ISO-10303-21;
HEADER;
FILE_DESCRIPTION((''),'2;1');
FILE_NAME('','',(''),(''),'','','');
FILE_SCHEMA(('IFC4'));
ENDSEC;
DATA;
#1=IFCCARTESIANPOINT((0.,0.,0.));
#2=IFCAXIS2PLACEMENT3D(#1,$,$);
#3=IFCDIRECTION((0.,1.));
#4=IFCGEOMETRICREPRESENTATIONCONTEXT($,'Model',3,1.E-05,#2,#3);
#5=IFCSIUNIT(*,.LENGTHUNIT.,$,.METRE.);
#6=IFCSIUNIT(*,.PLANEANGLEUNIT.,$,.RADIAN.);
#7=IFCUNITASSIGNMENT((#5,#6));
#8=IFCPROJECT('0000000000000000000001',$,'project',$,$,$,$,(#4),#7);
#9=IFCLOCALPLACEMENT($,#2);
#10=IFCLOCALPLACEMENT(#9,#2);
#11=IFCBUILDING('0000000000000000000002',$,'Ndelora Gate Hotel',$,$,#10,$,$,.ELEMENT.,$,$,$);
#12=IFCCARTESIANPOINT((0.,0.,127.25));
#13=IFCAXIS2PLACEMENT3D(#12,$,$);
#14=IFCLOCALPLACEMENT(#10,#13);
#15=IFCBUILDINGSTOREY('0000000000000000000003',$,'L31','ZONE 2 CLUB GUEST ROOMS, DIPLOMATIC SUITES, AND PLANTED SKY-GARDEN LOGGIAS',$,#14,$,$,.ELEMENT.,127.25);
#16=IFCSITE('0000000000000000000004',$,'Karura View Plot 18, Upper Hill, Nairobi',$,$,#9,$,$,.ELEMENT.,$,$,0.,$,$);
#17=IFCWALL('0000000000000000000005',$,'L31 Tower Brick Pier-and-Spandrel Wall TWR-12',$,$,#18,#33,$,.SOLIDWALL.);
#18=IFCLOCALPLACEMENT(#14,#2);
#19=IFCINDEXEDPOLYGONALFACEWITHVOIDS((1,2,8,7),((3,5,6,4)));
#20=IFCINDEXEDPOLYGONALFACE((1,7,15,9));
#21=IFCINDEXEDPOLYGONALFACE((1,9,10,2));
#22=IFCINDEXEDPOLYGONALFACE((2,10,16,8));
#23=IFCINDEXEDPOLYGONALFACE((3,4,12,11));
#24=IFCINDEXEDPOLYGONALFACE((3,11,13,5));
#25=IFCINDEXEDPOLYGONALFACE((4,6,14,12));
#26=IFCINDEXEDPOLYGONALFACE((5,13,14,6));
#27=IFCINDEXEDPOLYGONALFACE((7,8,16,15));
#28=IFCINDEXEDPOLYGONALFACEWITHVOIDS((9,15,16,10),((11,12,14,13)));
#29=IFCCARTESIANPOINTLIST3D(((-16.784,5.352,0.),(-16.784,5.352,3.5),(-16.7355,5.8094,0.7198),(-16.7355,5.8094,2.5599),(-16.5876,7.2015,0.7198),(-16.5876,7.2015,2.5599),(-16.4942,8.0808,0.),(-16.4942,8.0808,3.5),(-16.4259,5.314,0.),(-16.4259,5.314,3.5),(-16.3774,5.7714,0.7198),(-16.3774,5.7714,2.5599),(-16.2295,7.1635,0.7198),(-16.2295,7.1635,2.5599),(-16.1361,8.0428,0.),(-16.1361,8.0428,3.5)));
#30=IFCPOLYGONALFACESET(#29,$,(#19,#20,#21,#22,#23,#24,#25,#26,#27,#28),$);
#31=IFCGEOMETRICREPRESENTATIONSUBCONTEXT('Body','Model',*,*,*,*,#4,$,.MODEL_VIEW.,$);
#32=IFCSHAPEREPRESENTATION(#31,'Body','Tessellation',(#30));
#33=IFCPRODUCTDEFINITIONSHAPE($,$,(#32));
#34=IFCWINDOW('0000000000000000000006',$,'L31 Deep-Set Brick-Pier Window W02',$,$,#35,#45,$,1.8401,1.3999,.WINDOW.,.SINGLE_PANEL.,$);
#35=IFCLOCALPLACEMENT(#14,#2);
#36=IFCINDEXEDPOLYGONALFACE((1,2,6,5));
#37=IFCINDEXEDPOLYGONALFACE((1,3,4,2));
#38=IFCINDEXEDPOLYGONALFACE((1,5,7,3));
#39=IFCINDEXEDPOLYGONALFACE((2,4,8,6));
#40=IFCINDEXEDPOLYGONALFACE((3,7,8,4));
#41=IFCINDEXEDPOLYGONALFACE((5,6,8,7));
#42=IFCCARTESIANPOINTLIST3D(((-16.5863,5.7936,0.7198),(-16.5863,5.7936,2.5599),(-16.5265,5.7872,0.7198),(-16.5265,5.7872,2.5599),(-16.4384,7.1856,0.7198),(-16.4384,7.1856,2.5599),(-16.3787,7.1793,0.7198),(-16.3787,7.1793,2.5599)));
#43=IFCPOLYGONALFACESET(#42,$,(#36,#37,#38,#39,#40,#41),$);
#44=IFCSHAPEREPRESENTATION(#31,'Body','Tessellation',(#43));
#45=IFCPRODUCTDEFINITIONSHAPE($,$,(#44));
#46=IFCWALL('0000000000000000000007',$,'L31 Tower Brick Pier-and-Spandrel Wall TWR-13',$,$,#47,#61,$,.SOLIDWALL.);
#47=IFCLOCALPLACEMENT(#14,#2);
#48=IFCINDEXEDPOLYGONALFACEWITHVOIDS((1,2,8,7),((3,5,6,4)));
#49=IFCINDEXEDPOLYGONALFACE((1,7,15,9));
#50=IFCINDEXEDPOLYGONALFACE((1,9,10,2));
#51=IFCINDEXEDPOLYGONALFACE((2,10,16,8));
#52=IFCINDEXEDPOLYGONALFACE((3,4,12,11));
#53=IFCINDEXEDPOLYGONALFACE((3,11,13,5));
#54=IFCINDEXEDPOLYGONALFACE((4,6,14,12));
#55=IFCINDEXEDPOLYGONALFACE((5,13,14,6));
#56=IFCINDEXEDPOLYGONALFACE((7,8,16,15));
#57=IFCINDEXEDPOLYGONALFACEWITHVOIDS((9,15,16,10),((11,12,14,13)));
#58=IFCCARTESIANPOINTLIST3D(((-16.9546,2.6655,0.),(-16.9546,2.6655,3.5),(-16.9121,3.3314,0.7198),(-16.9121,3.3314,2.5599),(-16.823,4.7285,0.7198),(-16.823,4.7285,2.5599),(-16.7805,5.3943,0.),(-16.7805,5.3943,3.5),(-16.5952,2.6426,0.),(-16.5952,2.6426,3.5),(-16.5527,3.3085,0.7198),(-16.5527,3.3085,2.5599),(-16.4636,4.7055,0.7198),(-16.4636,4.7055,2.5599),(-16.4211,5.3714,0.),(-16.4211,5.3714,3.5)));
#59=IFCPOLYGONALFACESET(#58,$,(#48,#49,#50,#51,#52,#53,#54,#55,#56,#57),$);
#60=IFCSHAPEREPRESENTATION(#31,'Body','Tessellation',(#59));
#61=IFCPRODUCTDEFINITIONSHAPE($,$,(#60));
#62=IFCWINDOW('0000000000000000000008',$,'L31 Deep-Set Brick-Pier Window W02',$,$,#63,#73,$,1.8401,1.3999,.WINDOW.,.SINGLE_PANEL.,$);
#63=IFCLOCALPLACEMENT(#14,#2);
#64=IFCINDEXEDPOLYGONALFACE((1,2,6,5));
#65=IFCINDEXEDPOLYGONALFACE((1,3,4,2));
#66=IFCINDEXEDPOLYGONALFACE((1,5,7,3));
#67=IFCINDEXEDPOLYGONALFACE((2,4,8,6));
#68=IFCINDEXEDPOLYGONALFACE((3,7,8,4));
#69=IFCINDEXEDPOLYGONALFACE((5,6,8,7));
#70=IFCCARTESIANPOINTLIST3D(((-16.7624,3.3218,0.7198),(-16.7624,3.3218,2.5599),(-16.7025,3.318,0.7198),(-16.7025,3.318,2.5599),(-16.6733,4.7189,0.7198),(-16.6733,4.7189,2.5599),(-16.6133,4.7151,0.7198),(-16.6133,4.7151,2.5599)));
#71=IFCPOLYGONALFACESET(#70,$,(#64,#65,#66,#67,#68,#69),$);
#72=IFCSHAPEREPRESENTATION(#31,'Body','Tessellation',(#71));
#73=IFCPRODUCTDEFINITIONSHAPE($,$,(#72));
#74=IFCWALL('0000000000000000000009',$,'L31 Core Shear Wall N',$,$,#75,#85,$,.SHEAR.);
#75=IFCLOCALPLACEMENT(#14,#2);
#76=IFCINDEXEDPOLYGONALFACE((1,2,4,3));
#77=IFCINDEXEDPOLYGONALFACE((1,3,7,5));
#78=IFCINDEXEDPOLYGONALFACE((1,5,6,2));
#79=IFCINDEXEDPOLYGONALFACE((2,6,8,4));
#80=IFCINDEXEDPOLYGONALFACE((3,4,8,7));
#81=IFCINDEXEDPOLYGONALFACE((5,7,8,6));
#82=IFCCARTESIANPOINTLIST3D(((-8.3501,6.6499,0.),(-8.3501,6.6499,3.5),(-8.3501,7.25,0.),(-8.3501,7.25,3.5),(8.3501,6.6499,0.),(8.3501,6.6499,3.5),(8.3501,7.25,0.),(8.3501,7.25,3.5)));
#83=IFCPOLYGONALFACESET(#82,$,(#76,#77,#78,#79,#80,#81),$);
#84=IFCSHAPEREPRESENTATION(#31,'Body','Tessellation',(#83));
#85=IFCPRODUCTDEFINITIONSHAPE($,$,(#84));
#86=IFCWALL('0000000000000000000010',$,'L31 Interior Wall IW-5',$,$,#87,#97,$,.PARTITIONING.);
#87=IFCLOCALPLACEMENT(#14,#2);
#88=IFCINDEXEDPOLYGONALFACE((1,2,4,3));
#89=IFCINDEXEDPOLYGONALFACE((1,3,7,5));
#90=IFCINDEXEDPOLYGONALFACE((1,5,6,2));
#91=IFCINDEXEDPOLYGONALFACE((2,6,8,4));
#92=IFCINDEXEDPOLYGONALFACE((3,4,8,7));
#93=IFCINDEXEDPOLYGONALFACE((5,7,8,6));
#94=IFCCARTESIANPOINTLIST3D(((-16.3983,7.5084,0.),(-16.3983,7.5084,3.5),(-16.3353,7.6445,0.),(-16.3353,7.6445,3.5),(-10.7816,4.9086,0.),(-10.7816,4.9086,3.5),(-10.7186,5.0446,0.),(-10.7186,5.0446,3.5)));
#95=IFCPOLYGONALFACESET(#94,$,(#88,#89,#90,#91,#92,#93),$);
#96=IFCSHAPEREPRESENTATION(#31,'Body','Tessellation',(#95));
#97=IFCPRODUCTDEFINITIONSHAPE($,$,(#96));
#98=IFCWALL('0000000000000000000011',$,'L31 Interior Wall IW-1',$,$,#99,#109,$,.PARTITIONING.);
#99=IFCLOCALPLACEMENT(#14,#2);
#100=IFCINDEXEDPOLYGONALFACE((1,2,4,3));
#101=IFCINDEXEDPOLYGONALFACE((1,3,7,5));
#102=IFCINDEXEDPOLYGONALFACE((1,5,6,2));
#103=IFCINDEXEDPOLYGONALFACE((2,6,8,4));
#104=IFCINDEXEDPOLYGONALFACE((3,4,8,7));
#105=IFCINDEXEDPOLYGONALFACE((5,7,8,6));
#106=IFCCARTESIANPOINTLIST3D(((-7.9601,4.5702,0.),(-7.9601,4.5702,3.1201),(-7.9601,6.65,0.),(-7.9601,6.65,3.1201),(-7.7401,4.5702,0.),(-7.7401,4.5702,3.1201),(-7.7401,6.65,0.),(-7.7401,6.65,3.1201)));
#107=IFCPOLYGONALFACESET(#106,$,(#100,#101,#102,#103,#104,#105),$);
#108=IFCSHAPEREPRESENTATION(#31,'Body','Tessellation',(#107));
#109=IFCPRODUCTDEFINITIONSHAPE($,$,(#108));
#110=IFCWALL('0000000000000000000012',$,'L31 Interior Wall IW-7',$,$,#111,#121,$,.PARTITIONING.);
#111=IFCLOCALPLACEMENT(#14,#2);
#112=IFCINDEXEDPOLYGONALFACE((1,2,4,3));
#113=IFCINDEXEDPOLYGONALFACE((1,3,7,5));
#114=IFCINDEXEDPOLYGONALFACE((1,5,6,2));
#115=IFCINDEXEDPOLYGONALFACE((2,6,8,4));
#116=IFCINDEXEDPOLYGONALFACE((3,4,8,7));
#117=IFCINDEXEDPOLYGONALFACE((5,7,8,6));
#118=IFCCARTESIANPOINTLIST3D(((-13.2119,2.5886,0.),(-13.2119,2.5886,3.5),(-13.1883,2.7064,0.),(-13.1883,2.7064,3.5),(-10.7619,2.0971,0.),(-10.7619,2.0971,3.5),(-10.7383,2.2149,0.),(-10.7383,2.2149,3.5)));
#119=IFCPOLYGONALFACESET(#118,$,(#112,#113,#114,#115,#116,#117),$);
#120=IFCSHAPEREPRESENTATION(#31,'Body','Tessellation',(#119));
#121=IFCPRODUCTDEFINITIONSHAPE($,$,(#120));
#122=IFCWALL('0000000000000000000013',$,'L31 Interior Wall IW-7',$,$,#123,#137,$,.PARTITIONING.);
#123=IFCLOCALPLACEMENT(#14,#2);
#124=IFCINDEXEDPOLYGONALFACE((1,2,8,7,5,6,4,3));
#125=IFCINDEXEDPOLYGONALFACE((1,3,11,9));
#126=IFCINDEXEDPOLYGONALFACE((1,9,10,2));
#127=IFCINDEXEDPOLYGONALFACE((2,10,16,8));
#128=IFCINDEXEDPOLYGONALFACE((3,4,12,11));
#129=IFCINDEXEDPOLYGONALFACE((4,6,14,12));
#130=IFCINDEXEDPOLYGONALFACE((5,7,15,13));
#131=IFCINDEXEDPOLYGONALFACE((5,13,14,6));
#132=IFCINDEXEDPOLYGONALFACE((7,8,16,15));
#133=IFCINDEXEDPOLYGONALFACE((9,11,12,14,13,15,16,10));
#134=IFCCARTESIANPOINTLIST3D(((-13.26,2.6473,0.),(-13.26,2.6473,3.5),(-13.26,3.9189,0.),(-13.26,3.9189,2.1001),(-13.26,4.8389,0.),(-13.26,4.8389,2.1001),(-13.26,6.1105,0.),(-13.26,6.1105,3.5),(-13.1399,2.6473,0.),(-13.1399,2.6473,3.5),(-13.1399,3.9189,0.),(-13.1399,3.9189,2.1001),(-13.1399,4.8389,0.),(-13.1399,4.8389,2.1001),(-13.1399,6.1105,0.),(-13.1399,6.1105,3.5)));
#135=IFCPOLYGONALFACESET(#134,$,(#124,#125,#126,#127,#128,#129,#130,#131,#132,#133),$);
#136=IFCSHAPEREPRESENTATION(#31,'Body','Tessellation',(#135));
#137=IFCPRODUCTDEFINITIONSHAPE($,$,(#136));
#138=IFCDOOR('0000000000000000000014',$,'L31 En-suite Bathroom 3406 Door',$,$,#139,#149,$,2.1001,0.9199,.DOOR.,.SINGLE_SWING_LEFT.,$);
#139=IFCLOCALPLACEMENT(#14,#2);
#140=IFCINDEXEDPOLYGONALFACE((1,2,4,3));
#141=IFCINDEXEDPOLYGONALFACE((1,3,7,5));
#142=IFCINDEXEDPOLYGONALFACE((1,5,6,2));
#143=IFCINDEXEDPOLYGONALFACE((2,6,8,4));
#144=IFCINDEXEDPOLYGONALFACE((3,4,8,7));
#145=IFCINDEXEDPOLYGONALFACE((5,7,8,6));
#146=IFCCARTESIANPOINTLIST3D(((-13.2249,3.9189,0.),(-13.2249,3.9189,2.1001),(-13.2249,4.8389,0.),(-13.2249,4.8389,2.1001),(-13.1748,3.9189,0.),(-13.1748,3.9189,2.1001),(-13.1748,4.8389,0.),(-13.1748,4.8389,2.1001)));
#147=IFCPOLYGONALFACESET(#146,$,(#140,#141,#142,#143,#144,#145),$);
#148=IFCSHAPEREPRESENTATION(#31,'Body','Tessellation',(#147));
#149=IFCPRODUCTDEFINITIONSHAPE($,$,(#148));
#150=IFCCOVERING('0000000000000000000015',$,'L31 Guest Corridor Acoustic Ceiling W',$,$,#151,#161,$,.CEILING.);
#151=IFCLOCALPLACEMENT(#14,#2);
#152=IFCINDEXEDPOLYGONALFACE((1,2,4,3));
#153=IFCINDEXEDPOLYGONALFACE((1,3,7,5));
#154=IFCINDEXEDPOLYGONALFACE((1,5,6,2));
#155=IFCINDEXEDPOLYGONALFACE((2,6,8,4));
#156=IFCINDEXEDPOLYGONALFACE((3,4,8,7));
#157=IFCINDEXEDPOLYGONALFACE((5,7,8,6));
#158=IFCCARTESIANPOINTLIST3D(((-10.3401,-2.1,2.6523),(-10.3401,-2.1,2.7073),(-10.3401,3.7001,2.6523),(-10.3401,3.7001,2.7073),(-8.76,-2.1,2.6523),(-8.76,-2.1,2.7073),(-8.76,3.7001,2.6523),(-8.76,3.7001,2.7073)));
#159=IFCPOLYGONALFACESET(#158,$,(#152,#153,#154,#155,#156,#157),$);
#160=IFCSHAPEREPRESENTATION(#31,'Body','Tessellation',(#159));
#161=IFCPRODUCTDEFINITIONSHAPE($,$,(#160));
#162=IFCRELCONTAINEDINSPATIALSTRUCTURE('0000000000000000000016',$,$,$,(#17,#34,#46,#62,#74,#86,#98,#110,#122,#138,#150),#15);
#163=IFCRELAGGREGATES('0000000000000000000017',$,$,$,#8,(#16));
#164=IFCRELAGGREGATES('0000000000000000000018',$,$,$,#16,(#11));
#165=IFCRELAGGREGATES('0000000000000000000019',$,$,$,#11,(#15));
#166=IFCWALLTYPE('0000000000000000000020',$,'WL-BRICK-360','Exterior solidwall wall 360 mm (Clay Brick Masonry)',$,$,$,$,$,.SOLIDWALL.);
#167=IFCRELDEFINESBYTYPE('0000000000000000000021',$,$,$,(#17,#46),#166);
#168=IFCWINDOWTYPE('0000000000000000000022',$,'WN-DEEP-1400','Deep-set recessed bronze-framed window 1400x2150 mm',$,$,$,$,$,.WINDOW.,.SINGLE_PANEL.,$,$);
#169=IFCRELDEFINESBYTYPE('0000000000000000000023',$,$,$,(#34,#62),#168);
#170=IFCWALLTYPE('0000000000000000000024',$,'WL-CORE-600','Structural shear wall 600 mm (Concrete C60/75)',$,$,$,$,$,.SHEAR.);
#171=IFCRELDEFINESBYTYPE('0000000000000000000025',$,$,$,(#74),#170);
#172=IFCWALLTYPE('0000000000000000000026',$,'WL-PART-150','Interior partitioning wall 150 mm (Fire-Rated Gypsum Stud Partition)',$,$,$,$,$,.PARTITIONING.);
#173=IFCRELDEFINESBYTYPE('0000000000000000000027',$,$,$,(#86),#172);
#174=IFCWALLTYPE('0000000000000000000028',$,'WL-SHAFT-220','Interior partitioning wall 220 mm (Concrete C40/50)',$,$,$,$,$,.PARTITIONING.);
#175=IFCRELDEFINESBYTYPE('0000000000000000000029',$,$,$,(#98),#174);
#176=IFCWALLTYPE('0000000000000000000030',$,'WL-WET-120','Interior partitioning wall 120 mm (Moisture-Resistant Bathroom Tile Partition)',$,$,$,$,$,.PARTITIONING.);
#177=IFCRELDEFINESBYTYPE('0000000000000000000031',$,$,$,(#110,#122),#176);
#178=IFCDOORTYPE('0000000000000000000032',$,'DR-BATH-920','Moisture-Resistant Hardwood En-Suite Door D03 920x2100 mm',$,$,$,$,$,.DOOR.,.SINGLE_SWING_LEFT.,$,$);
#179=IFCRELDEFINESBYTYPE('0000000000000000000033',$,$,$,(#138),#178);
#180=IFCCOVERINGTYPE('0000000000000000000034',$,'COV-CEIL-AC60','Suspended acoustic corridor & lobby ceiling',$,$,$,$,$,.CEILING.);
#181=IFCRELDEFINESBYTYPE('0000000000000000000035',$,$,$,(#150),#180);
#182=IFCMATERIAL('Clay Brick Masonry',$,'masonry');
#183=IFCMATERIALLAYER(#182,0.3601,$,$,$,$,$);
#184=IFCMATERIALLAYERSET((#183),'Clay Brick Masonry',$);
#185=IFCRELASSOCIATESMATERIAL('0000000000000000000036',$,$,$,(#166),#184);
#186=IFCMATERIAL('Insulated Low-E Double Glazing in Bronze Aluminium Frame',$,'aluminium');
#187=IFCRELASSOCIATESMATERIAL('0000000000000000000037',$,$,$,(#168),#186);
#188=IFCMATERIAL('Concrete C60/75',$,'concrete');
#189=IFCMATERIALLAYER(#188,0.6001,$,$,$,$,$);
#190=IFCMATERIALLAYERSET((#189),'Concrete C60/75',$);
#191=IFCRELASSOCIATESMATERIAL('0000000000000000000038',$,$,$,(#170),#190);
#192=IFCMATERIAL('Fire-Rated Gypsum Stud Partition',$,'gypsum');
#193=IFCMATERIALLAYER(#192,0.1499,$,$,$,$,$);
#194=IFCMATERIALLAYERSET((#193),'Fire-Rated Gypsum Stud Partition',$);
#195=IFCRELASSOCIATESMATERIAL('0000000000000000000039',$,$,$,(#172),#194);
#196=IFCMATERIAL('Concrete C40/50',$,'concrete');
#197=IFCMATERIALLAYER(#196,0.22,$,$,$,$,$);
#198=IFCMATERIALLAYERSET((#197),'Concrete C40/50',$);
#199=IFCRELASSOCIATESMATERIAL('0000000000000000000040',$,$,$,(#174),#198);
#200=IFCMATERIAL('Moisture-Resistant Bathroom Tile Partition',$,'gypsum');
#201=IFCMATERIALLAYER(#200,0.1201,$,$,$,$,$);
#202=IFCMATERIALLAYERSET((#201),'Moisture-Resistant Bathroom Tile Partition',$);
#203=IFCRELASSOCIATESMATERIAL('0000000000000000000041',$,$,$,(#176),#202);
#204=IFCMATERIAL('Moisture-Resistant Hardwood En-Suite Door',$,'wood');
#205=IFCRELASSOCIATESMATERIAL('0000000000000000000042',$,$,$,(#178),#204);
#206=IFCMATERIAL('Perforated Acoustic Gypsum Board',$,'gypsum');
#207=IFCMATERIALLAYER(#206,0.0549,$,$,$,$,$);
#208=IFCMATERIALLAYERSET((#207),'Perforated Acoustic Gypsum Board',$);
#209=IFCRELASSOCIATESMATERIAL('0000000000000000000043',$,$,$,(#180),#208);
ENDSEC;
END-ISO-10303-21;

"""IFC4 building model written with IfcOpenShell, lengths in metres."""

from ifc_helpers import new_model, si_unit, direction, frame, frame_2d, origin, origin_2d, place, context, subcontext, project, spatial, rectangle, extrude, material, layer, layer_set, type_object, element, fill, save


model = new_model("IFC4")

# Units and contexts
model_context = context("Model", 3, precision=1e-05, world=origin(), true_north=direction((0.0, 1.0)))
body_context = subcontext(model_context, "Body", "Model", "MODEL_VIEW")
ifc_project = project(units=[si_unit("LENGTHUNIT", "METRE"), si_unit("PLANEANGLEUNIT", "RADIAN")], contexts=[model_context])

# Site, building, storey
site_placement = place(None, origin())
site = spatial("IfcSite", under=ifc_project, at=site_placement, Name="Karura View Plot 18, Upper Hill, Nairobi", CompositionType="ELEMENT", RefElevation=0.0)
building_placement = place(site_placement, origin())
building = spatial("IfcBuilding", under=site, at=building_placement, Name="Ndelora Gate Hotel", CompositionType="ELEMENT")
storey_placement = place(building_placement, frame((0.0, 0.0, 127.25)))
storey = spatial("IfcBuildingStorey", under=building, at=storey_placement, Name="L31", Description="ZONE 2 CLUB GUEST ROOMS, DIPLOMATIC SUITES, AND PLANTED SKY-GARDEN LOGGIAS", CompositionType="ELEMENT", Elevation=127.25)

# Shared definitions
ifc_material_1 = material(Name="Concrete C60/75", Category="concrete")

# Walls, openings, windows
ifc_material_2 = material(Name="Clay Brick Masonry", Category="masonry")
ifc_layer_1 = layer(ifc_material_2, 0.3601)
ifc_layer_set_1 = layer_set([ifc_layer_1], Name="Clay Brick Masonry")
wall_type_1 = type_object("IfcWallType", Name="WL-BRICK-360", Description="Exterior solidwall wall 360 mm (Clay Brick Masonry)", PredefinedType="SOLIDWALL", material=ifc_layer_set_1)
wall_1_placement = place(storey_placement, frame((-16.605, 5.333, 0.0), z_axis=(0.0, 0.0, 1.0), x_axis=(0.105606, 0.994408, 0.0)))
wall_1 = element("IfcWall", 1, at=wall_1_placement, inside=storey, type_object=wall_type_1, Name="L31 Tower Brick Pier-and-Spandrel Wall TWR-12", PredefinedType="SOLIDWALL", context=body_context, shape_type="SweptSolid", body=[
    extrude(rectangle(XDim=2.7441, YDim=0.3601, at=frame_2d((1.3721, 0.0))), origin(), (0.0, 0.0, 1.0), 3.5),
])
opening_1_placement = place(wall_1_placement, frame((0.46, 0.0, 0.72)))
opening_1 = element("IfcOpeningElement", 2, at=opening_1_placement, cuts=wall_1, PredefinedType="OPENING", context=body_context, shape_type="SweptSolid", body=[
    extrude(rectangle(XDim=1.3999, YDim=1.8401, at=frame_2d((0.7, 0.9199))), frame((0.0, 0.1899, 0.0), z_axis=(0.0, -1.0, 0.0), x_axis=(1.0, 0.0, 0.0)), (0.0, 0.0, 1.0), 0.3801),
])
ifc_material_3 = material(Name="Insulated Low-E Double Glazing in Bronze Aluminium Frame", Category="aluminium")
window_type = type_object("IfcWindowType", Name="WN-DEEP-1400", Description="Deep-set recessed bronze-framed window 1400x2150 mm", PartitioningType="SINGLE_PANEL", PredefinedType="WINDOW", material=ifc_material_3)
window_1_placement = place(opening_1_placement, origin())
window_1 = element("IfcWindow", 3, at=window_1_placement, inside=storey, type_object=window_type, Name="L31 Deep-Set Brick-Pier Window W02", OverallHeight=1.8401, OverallWidth=1.3999, PartitioningType="SINGLE_PANEL", PredefinedType="WINDOW", context=body_context, shape_type="SweptSolid", body=[
    extrude(rectangle(XDim=1.3999, YDim=1.8401, at=frame_2d((0.7, 0.9199))), frame((0.0, 0.03, 0.0), z_axis=(0.0, -1.0, 0.0), x_axis=(1.0, 0.0, 0.0)), (0.0, 0.0, 1.0), 0.0601),
])
fill(opening_1, window_1)
wall_2_placement = place(storey_placement, frame((-16.7749, 2.6541, 0.0), z_axis=(0.0, 0.0, 1.0), x_axis=(0.063662, 0.997971, 0.0)))
wall_2 = element("IfcWall", 4, at=wall_2_placement, inside=storey, type_object=wall_type_1, Name="L31 Tower Brick Pier-and-Spandrel Wall TWR-13", PredefinedType="SOLIDWALL", context=body_context, shape_type="SweptSolid", body=[
    extrude(rectangle(XDim=2.7344, YDim=0.3601, at=frame_2d((1.3672, 0.0))), origin(), (0.0, 0.0, 1.0), 3.5),
])
opening_2_placement = place(wall_2_placement, frame((0.6672, 0.0, 0.72)))
opening_2 = element("IfcOpeningElement", 5, at=opening_2_placement, cuts=wall_2, PredefinedType="OPENING", context=body_context, shape_type="SweptSolid", body=[
    extrude(rectangle(XDim=1.3999, YDim=1.8401, at=frame_2d((0.7, 0.9199))), frame((0.0, 0.1899, 0.0), z_axis=(0.0, -1.0, 0.0), x_axis=(1.0, 0.0, 0.0)), (0.0, 0.0, 1.0), 0.3801),
])
window_2_placement = place(opening_2_placement, origin())
window_2 = element("IfcWindow", 6, at=window_2_placement, inside=storey, type_object=window_type, Name="L31 Deep-Set Brick-Pier Window W02", OverallHeight=1.8401, OverallWidth=1.3999, PartitioningType="SINGLE_PANEL", PredefinedType="WINDOW", context=body_context, shape_type="SweptSolid", body=[
    extrude(rectangle(XDim=1.3999, YDim=1.8401, at=frame_2d((0.7, 0.9199))), frame((0.0, 0.03, 0.0), z_axis=(0.0, -1.0, 0.0), x_axis=(1.0, 0.0, 0.0)), (0.0, 0.0, 1.0), 0.0601),
])
fill(opening_2, window_2)

# Wall
ifc_layer_2 = layer(ifc_material_1, 0.6001)
ifc_layer_set_2 = layer_set([ifc_layer_2], Name="Concrete C60/75")
wall_type_2 = type_object("IfcWallType", Name="WL-CORE-600", Description="Structural shear wall 600 mm (Concrete C60/75)", PredefinedType="SHEAR", material=ifc_layer_set_2)
wall_3_placement = place(storey_placement, frame((-8.3501, 6.95, 0.0), z_axis=(0.0, 0.0, 1.0), x_axis=(1.0, 0.0, 0.0)))
element("IfcWall", 7, at=wall_3_placement, inside=storey, type_object=wall_type_2, Name="L31 Core Shear Wall N", PredefinedType="SHEAR", context=body_context, shape_type="SweptSolid", body=[
    extrude(rectangle(XDim=16.7002, YDim=0.6001, at=frame_2d((8.3501, 0.0))), origin(), (0.0, 0.0, 1.0), 3.5),
])

# Shared definitions
ifc_material_4 = material(Name="Concrete C40/50", Category="concrete")

# Wall
ifc_material_5 = material(Name="Fire-Rated Gypsum Stud Partition", Category="gypsum")
ifc_layer_3 = layer(ifc_material_5, 0.1499)
ifc_layer_set_3 = layer_set([ifc_layer_3], Name="Fire-Rated Gypsum Stud Partition")
wall_type_3 = type_object("IfcWallType", Name="WL-PART-150", Description="Interior partitioning wall 150 mm (Fire-Rated Gypsum Stud Partition)", PredefinedType="PARTITIONING", material=ifc_layer_set_3)
wall_4_placement = place(storey_placement, frame((-10.75, 4.9766, 0.0), z_axis=(0.0, 0.0, 1.0), x_axis=(-0.907496, 0.420061, 0.0)))
element("IfcWall", 8, at=wall_4_placement, inside=storey, type_object=wall_type_3, Name="L31 Interior Wall IW-5", PredefinedType="PARTITIONING", context=body_context, shape_type="SweptSolid", body=[
    extrude(rectangle(XDim=6.1892, YDim=0.1499, at=frame_2d((3.0947, 0.0))), origin(), (0.0, 0.0, 1.0), 3.5),
])

# Shared definitions
ifc_layer_4 = layer(ifc_material_4, 0.22)
ifc_layer_set_4 = layer_set([ifc_layer_4], Name="Concrete C40/50")
wall_type_4 = type_object("IfcWallType", Name="WL-SHAFT-220", Description="Interior partitioning wall 220 mm (Concrete C40/50)", PredefinedType="PARTITIONING", material=ifc_layer_set_4)

# Wall
wall_5_placement = place(storey_placement, frame((-7.8501, 4.5701, 0.0), z_axis=(0.0, 0.0, 1.0), x_axis=(0.0, 1.0, 0.0)))
element("IfcWall", 9, at=wall_5_placement, inside=storey, type_object=wall_type_4, Name="L31 Interior Wall IW-1", PredefinedType="PARTITIONING", context=body_context, shape_type="SweptSolid", body=[
    extrude(rectangle(XDim=2.0798, YDim=0.22, at=frame_2d((1.04, 0.0))), origin(), (0.0, 0.0, 1.0), 3.1201),
])

# Wall
ifc_material_6 = material(Name="Moisture-Resistant Bathroom Tile Partition", Category="gypsum")
ifc_layer_5 = layer(ifc_material_6, 0.1201)
ifc_layer_set_5 = layer_set([ifc_layer_5], Name="Moisture-Resistant Bathroom Tile Partition")
wall_type_5 = type_object("IfcWallType", Name="WL-WET-120", Description="Interior partitioning wall 120 mm (Moisture-Resistant Bathroom Tile Partition)", PredefinedType="PARTITIONING", material=ifc_layer_set_5)
wall_6_placement = place(storey_placement, frame((-10.75, 2.156, 0.0), z_axis=(0.0, 0.0, 1.0), x_axis=(-0.980468, 0.19668, 0.0)))
element("IfcWall", 10, at=wall_6_placement, inside=storey, type_object=wall_type_5, Name="L31 Interior Wall IW-7", PredefinedType="PARTITIONING", context=body_context, shape_type="SweptSolid", body=[
    extrude(rectangle(XDim=2.4988, YDim=0.1201, at=frame_2d((1.2495, 0.0))), origin(), (0.0, 0.0, 1.0), 3.5),
])

# Wall, opening, door
wall_7_placement = place(storey_placement, frame((-13.2, 2.6475, 0.0), z_axis=(0.0, 0.0, 1.0), x_axis=(0.0, 1.0, 0.0)))
wall_7 = element("IfcWall", 11, at=wall_7_placement, inside=storey, type_object=wall_type_5, Name="L31 Interior Wall IW-7", PredefinedType="PARTITIONING", context=body_context, shape_type="SweptSolid", body=[
    extrude(rectangle(XDim=3.4631, YDim=0.1201, at=frame_2d((1.7314, 0.0))), origin(), (0.0, 0.0, 1.0), 3.5),
])
opening_3_placement = place(wall_7_placement, frame((1.2715, 0.0, 0.0)))
opening_3 = element("IfcOpeningElement", 12, at=opening_3_placement, cuts=wall_7, PredefinedType="OPENING", context=body_context, shape_type="SweptSolid", body=[
    extrude(rectangle(XDim=0.9199, YDim=2.1001, at=frame_2d((0.46, 1.05))), frame((0.0, 0.0701, 0.0), z_axis=(0.0, -1.0, 0.0), x_axis=(1.0, 0.0, 0.0)), (0.0, 0.0, 1.0), 0.1401),
])
ifc_material_7 = material(Name="Moisture-Resistant Hardwood En-Suite Door", Category="wood")
door_type_1 = type_object("IfcDoorType", Name="DR-BATH-920", Description="Moisture-Resistant Hardwood En-Suite Door D03 920x2100 mm", OperationType="SINGLE_SWING_LEFT", PredefinedType="DOOR", material=ifc_material_7)
door_1_placement = place(opening_3_placement, origin())
door_1 = element("IfcDoor", 13, at=door_1_placement, inside=storey, type_object=door_type_1, Name="L31 En-suite Bathroom 3406 Door", OperationType="SINGLE_SWING_LEFT", OverallHeight=2.1001, OverallWidth=0.9199, PredefinedType="DOOR", context=body_context, shape_type="SweptSolid", body=[
    extrude(rectangle(XDim=0.9199, YDim=2.1001, at=frame_2d((0.46, 1.05))), frame((0.0, 0.0249, 0.0), z_axis=(0.0, -1.0, 0.0), x_axis=(1.0, 0.0, 0.0)), (0.0, 0.0, 1.0), 0.05),
])
fill(opening_3, door_1)

# Covering
ifc_material_8 = material(Name="Perforated Acoustic Gypsum Board", Category="gypsum")
ifc_layer_6 = layer(ifc_material_8, 0.0549)
ifc_layer_set_6 = layer_set([ifc_layer_6], Name="Perforated Acoustic Gypsum Board")
covering_type_1 = type_object("IfcCoveringType", Name="COV-CEIL-AC60", Description="Suspended acoustic corridor & lobby ceiling", PredefinedType="CEILING", material=ifc_layer_set_6)
covering_1_placement = place(storey_placement, frame((-9.55, 0.8, 2.6523), z_axis=(0.0, 0.0, 1.0), x_axis=(1.0, 0.0, 0.0)))
element("IfcCovering", 14, at=covering_1_placement, inside=storey, type_object=covering_type_1, Name="L31 Guest Corridor Acoustic Ceiling W", PredefinedType="CEILING", context=body_context, shape_type="SweptSolid", body=[
    extrude(rectangle(XDim=1.5801, YDim=5.8, at=origin_2d()), origin(), (0.0, 0.0, 1.0), 0.0549),
])

save(model, "model.ifc")
